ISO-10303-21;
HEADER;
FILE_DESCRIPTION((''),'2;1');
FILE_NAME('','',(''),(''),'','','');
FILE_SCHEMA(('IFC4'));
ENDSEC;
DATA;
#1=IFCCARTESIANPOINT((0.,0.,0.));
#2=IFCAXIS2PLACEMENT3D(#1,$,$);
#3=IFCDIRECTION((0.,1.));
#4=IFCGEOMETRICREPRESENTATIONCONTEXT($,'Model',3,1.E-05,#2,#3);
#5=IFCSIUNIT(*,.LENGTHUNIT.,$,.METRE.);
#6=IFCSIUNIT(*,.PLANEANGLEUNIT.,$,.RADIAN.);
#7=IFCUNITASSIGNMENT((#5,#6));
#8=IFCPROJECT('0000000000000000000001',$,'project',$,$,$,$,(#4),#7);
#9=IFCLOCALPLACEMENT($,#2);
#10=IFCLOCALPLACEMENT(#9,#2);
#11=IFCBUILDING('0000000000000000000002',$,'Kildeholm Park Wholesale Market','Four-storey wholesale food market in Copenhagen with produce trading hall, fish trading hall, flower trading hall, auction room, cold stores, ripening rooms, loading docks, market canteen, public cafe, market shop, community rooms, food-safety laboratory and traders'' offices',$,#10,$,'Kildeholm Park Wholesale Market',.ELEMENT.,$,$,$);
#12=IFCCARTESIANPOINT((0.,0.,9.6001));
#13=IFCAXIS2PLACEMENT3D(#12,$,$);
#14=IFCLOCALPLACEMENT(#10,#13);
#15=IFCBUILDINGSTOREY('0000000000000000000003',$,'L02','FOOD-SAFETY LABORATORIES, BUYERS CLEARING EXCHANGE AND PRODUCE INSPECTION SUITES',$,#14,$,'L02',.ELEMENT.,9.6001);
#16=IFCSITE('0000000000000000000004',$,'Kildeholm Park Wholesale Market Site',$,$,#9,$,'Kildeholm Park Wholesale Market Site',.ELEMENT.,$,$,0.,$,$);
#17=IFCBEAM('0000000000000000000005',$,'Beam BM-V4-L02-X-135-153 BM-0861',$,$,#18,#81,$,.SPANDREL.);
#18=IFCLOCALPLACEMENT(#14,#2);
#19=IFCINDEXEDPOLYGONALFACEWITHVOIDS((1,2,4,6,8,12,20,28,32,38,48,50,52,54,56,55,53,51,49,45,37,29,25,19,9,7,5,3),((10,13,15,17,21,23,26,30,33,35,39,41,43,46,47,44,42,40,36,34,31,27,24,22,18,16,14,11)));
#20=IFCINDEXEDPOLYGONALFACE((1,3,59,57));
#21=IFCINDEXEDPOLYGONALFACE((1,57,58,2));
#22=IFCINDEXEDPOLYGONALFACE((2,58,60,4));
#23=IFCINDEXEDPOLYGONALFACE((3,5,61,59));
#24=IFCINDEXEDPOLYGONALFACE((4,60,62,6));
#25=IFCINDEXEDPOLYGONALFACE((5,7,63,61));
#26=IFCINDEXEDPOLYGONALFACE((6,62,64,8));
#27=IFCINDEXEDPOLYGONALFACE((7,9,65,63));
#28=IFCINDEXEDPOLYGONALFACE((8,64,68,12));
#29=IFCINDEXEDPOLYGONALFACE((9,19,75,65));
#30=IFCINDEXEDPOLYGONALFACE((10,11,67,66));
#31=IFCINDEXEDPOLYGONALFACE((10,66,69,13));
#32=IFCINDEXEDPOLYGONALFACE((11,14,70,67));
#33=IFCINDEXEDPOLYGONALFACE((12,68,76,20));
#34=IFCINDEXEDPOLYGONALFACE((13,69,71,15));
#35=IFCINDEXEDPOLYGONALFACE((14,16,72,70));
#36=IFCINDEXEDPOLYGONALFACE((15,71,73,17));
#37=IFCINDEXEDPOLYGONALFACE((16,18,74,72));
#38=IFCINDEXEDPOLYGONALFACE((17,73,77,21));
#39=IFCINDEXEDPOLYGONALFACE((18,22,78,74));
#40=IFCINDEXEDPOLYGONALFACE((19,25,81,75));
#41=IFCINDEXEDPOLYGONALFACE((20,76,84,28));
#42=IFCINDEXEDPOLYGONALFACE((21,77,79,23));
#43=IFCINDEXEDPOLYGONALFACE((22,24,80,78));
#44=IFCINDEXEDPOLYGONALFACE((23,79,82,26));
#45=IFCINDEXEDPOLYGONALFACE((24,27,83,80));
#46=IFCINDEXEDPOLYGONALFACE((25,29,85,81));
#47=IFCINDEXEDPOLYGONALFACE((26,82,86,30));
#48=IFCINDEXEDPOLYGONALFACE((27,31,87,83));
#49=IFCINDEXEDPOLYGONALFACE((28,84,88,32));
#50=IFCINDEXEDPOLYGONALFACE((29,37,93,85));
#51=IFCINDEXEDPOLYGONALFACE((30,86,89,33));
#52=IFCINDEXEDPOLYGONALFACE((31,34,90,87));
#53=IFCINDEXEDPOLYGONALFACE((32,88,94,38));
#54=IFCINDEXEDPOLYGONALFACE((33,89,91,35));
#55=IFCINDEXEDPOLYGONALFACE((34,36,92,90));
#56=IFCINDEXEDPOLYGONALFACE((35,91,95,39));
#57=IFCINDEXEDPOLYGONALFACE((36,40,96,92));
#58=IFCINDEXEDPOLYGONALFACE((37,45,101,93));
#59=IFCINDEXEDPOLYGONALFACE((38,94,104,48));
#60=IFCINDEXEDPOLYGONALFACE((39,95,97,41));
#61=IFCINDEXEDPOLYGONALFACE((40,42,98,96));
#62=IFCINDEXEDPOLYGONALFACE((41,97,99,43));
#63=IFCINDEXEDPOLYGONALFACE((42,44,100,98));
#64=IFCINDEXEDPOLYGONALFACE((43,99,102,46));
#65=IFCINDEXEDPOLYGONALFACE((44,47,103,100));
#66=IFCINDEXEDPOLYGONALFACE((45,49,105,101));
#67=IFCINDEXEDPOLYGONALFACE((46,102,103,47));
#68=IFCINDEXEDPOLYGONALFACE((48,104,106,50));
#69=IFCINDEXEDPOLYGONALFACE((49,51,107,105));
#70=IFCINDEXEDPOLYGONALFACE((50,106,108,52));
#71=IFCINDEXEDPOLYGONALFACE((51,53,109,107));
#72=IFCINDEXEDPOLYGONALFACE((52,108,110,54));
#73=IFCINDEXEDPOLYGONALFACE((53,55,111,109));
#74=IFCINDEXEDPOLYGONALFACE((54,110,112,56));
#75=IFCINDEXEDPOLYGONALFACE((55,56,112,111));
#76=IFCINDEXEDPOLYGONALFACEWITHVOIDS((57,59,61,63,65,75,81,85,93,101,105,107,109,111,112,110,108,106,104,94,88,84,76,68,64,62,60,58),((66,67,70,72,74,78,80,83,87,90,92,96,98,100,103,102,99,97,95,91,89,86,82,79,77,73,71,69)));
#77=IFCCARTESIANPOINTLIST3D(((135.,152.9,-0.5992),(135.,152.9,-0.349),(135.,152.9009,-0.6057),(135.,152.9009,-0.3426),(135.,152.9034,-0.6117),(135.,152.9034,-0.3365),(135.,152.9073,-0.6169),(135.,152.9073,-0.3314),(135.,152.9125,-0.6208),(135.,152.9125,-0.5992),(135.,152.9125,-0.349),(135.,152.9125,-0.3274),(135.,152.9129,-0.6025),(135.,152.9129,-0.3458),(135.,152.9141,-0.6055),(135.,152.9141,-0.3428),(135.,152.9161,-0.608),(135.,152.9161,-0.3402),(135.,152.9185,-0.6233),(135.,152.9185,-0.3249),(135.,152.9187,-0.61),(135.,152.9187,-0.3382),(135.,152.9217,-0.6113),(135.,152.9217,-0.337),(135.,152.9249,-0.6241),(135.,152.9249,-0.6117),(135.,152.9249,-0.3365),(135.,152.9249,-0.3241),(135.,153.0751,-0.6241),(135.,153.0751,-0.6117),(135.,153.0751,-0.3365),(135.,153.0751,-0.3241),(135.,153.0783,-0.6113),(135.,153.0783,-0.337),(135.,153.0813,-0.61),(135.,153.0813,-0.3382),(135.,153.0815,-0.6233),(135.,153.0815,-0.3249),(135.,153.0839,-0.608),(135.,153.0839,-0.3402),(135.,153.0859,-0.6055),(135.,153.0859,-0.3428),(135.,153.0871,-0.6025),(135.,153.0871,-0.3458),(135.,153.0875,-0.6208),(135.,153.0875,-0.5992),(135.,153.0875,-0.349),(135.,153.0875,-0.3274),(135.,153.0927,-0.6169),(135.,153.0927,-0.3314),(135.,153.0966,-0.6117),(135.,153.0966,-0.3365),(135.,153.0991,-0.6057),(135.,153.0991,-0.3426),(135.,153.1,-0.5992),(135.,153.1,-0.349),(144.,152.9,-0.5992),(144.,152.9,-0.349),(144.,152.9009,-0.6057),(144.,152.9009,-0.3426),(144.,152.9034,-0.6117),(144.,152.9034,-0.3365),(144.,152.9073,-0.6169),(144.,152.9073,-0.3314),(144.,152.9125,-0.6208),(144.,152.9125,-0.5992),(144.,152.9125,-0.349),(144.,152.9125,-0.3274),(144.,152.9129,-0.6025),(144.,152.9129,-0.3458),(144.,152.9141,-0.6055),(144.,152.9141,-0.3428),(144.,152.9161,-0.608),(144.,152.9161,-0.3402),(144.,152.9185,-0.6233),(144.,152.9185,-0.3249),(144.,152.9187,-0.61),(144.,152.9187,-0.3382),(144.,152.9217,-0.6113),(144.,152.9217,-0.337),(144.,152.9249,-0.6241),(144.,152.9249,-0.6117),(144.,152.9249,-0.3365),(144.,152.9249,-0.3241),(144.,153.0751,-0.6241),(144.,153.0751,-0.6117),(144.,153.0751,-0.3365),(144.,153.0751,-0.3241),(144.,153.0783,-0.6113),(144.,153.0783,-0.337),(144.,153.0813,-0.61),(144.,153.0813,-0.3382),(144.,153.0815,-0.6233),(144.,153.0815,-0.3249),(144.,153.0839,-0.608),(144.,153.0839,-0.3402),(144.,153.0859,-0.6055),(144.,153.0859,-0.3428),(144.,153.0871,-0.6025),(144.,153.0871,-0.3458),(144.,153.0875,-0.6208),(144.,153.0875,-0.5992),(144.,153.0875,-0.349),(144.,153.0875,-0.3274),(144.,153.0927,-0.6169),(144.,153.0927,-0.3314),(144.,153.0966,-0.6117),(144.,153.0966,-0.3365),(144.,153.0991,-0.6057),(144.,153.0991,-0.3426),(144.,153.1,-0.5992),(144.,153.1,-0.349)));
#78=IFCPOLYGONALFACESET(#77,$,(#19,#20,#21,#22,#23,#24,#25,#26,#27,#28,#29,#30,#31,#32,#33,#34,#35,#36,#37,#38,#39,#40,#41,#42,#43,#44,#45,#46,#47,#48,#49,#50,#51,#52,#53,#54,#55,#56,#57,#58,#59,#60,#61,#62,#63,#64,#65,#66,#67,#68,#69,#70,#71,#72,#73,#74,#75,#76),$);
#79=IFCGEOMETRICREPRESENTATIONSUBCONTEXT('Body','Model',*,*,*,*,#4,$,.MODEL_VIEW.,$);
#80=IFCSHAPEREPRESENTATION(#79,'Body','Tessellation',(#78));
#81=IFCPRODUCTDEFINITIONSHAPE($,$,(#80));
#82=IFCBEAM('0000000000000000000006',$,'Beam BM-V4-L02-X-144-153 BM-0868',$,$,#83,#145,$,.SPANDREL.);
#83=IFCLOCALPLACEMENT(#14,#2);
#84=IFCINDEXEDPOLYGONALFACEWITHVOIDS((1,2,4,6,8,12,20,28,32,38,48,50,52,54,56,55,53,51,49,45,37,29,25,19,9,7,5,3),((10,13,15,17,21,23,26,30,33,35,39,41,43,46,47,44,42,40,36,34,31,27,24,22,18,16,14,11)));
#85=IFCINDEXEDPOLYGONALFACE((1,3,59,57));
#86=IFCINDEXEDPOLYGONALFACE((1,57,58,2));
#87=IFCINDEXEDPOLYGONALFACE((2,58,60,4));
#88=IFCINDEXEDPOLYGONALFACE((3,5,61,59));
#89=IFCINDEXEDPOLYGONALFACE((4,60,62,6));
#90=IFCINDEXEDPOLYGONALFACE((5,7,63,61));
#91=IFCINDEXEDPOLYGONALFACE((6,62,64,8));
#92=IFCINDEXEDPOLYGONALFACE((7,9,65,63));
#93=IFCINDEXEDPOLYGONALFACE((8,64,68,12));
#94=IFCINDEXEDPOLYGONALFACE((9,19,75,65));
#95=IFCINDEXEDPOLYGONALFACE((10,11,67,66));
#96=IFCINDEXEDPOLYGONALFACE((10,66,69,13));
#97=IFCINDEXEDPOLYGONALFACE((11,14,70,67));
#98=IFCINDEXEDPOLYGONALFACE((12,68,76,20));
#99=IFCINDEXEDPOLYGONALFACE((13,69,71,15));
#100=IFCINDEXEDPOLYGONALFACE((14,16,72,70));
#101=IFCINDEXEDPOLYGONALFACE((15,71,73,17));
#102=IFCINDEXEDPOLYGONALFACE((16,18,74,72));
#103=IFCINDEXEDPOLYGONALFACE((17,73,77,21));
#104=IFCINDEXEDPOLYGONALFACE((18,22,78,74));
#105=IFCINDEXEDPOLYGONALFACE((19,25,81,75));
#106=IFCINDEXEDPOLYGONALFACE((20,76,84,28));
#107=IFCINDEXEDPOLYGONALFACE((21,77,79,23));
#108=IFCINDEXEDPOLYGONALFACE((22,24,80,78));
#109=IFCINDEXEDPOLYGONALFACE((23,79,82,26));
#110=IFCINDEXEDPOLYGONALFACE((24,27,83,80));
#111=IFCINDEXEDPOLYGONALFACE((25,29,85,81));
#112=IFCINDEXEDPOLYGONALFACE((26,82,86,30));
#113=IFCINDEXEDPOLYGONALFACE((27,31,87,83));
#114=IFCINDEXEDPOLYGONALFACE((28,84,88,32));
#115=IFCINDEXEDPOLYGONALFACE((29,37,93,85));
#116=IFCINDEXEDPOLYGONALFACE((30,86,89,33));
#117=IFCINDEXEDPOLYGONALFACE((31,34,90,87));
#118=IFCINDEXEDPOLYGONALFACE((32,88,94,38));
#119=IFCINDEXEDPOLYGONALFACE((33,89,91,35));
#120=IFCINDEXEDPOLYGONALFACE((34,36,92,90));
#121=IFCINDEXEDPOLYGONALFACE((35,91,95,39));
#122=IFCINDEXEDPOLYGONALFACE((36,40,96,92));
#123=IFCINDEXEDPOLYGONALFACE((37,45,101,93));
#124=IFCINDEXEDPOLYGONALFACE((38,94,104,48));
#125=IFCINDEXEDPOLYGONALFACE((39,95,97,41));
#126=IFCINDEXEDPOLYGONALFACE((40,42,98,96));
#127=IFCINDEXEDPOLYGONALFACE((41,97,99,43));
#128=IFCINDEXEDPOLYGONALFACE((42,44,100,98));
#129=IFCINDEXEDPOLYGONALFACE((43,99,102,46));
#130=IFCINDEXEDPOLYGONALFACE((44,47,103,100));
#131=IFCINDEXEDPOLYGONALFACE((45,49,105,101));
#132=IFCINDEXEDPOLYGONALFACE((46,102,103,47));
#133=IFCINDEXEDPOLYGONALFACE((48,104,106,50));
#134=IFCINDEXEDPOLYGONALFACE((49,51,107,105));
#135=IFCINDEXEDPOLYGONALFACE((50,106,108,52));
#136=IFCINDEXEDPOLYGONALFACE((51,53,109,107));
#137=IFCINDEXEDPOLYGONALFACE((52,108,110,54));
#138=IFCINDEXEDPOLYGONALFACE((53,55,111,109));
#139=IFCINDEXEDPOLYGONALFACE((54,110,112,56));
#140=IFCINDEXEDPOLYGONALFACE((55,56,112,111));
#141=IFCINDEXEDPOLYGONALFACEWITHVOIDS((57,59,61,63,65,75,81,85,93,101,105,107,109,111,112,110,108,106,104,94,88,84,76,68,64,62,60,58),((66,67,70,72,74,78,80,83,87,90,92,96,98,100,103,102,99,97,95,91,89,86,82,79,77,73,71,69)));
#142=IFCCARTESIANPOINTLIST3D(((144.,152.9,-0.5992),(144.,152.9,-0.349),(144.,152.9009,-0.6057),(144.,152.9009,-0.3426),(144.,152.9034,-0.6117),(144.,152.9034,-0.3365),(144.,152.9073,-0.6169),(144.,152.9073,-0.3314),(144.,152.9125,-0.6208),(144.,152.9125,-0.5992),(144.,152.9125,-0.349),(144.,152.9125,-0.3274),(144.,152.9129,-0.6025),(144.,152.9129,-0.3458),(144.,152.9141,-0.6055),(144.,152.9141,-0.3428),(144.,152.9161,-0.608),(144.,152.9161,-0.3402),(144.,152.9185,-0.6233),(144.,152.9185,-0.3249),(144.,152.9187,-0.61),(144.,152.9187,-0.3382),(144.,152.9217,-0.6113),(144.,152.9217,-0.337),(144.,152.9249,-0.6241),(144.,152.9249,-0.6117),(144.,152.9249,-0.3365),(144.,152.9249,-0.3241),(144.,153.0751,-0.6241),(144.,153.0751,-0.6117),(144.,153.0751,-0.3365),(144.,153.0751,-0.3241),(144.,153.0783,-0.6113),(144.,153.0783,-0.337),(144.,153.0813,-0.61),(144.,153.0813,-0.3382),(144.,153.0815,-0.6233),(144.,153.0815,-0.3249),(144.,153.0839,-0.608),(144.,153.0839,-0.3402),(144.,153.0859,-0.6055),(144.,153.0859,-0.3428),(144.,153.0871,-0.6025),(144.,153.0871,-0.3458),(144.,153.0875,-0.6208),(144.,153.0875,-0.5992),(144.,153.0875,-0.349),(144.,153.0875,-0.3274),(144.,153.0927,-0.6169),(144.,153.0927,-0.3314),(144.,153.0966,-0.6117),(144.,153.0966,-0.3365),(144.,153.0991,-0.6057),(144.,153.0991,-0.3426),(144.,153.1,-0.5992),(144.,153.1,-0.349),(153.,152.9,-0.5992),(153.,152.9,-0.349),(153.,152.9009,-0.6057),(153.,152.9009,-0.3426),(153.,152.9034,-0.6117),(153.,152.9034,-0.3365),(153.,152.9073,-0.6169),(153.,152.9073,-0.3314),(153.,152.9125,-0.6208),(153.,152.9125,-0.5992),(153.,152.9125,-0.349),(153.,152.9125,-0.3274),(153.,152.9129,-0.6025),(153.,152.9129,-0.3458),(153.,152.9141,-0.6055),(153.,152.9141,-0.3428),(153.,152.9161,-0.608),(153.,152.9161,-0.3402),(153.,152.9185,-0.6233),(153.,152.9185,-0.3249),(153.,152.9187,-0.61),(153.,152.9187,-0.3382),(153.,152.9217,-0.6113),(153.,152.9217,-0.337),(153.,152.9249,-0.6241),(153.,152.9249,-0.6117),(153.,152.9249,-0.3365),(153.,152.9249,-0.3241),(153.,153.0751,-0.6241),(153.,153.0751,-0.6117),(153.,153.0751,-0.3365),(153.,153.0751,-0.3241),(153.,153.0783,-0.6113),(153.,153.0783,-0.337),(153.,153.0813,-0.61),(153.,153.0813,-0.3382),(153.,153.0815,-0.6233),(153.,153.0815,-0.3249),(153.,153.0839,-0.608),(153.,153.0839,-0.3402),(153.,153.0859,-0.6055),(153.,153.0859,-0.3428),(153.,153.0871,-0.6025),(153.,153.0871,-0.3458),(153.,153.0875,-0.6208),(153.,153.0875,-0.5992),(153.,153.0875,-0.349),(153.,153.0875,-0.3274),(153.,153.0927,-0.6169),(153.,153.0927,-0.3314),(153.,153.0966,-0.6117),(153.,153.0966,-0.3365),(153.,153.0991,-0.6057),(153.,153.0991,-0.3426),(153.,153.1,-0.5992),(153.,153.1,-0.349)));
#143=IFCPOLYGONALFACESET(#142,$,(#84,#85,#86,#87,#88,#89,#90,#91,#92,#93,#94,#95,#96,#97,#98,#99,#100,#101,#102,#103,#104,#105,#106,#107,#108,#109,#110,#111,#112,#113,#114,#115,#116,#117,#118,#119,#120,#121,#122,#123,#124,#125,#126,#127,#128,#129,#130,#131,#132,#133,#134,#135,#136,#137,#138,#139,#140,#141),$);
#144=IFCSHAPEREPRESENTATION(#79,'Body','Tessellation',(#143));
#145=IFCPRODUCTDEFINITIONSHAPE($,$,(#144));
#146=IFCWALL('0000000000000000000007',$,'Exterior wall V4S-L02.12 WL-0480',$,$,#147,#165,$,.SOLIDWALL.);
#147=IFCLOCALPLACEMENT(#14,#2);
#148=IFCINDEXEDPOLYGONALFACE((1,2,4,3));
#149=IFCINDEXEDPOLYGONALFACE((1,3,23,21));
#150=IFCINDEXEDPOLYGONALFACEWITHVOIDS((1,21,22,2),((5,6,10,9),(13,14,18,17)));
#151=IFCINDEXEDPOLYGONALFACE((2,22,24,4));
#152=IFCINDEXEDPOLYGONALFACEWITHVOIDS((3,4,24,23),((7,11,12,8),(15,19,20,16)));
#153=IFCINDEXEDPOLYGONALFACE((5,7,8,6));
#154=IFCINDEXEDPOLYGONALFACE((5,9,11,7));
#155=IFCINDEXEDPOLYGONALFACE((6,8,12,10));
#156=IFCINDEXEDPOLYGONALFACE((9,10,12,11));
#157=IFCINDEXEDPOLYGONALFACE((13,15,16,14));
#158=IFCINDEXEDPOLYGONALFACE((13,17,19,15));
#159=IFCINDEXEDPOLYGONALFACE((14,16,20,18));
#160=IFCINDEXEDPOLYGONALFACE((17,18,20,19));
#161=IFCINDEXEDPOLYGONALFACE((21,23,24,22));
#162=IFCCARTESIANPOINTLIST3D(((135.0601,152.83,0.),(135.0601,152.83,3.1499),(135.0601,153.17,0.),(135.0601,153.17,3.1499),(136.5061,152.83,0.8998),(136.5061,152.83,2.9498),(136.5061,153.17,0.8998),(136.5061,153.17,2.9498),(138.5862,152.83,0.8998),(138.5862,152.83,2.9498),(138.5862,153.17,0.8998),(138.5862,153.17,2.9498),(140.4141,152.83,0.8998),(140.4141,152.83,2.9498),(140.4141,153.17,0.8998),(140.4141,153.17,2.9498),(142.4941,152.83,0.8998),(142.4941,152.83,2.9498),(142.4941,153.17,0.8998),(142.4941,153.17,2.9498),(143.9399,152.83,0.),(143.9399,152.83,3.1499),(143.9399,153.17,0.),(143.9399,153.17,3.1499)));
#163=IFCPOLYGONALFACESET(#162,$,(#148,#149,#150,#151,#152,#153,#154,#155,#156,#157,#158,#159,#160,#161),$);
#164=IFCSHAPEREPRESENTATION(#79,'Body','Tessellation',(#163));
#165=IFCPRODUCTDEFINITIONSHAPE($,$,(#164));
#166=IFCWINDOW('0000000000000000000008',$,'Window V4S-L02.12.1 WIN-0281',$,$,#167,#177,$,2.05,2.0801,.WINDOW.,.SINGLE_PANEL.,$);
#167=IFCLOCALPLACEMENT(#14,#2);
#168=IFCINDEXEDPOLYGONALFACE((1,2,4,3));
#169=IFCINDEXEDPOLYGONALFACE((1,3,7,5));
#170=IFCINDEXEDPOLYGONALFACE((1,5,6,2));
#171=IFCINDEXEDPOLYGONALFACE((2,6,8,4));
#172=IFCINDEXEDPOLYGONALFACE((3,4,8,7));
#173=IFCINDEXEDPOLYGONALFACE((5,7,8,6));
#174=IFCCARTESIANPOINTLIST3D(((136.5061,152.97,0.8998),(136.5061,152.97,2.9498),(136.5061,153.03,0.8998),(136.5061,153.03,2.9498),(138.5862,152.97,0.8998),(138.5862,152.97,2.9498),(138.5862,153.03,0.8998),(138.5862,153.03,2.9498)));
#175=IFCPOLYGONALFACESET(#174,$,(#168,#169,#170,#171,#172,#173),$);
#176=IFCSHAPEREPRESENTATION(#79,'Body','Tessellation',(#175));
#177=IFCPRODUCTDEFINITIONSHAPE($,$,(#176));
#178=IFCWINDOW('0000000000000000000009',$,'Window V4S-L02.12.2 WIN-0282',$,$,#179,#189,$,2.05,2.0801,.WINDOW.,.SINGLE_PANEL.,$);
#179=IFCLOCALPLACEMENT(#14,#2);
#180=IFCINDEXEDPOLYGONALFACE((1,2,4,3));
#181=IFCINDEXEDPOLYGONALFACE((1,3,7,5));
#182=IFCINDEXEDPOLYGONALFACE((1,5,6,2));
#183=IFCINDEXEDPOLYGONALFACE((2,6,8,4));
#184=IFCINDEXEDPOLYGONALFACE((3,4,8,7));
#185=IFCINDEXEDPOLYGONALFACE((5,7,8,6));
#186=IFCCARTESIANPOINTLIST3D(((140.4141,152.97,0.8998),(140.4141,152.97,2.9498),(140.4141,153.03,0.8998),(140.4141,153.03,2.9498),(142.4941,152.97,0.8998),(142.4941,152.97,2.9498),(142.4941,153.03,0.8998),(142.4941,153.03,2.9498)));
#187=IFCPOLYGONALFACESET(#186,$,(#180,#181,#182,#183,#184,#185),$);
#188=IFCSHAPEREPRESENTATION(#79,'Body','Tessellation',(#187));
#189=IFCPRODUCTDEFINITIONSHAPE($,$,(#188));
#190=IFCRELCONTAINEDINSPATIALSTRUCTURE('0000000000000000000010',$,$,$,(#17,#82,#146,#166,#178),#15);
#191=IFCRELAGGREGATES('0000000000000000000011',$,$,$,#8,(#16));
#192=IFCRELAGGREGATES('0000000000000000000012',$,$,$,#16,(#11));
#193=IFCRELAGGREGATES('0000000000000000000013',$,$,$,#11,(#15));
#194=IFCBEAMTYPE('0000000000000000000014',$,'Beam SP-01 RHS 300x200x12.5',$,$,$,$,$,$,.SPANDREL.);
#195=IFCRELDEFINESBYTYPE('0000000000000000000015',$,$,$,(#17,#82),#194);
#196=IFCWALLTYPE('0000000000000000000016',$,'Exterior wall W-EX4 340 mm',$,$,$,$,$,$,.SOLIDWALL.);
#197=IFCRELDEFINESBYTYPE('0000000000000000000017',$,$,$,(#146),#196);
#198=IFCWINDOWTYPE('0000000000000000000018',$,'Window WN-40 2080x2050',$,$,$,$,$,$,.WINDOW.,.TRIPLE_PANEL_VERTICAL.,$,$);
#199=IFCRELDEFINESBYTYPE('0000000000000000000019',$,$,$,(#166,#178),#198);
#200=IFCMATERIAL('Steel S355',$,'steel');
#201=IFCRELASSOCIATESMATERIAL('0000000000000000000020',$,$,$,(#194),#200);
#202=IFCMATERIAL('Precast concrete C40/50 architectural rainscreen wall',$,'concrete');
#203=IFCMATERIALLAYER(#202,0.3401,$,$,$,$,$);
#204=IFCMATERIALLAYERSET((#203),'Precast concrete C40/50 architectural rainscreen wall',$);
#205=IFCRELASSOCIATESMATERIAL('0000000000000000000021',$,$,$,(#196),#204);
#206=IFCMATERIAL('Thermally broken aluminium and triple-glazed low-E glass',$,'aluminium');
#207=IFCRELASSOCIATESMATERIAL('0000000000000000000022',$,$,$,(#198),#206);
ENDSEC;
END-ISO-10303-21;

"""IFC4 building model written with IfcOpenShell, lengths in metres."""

from ifc_helpers import new_model, si_unit, direction, frame, frame_2d, origin, origin_2d, place, context, subcontext, project, spatial, rectangle, hollow_rectangle, extrude, material, layer, layer_set, material_profile, profile_set, type_object, element, fill, save


model = new_model("IFC4")

# Units and contexts
model_context = context("Model", 3, precision=1e-05, world=origin(), true_north=direction((0.0, 1.0)))
body_context = subcontext(model_context, "Body", "Model", "MODEL_VIEW")
ifc_project = project(units=[si_unit("LENGTHUNIT", "METRE"), si_unit("PLANEANGLEUNIT", "RADIAN")], contexts=[model_context])

# Site, building, storey
site_placement = place(None, origin())
site = spatial("IfcSite", under=ifc_project, at=site_placement, Name="Kildeholm Park Wholesale Market Site", LongName="Kildeholm Park Wholesale Market Site", CompositionType="ELEMENT", RefElevation=0.0)
building_placement = place(site_placement, origin())
building = spatial("IfcBuilding", under=site, at=building_placement, Name="Kildeholm Park Wholesale Market", Description="Four-storey wholesale food market in Copenhagen with produce trading hall, fish trading hall, flower trading hall, auction room, cold stores, ripening rooms, loading docks, market canteen, public cafe, market shop, community rooms, food-safety laboratory and traders' offices", LongName="Kildeholm Park Wholesale Market", CompositionType="ELEMENT")
storey_placement = place(building_placement, frame((0.0, 0.0, 9.6001)))
storey = spatial("IfcBuildingStorey", under=building, at=storey_placement, Name="L02", Description="FOOD-SAFETY LABORATORIES, BUYERS CLEARING EXCHANGE AND PRODUCE INSPECTION SUITES", LongName="L02", CompositionType="ELEMENT", Elevation=9.6001)

# Beams
ifc_material_1 = material(Name="Steel S355", Category="steel")
ifc_material_profile_1 = material_profile(ifc_material_1, hollow_rectangle(XDim=0.2, YDim=0.3, WallThickness=0.0125, InnerFilletRadius=0.0125, OuterFilletRadius=0.0249, at=origin_2d()), Name="RHS 300x200x12.5")
ifc_profile_set_1 = profile_set([ifc_material_profile_1], Name="Steel S355")
beam_type_1 = type_object("IfcBeamType", Name="Beam SP-01 RHS 300x200x12.5", PredefinedType="SPANDREL", material=ifc_profile_set_1)
for number, where, z_axis, x_axis, name in (
    (1, (135.0, 153.0, -0.4741), (1.0, 0.0, 0.0), (0.0, 1.0, 0.0), "Beam BM-V4-L02-X-135-153 BM-0861"),
    (2, (144.0, 153.0, -0.4741), (1.0, 0.0, 0.0), (0.0, 1.0, 0.0), "Beam BM-V4-L02-X-144-153 BM-0868"),
):
    element("IfcBeam", number, at=place(storey_placement, frame(where, z_axis=z_axis, x_axis=x_axis)), inside=storey, type_object=beam_type_1, Name=name, PredefinedType="SPANDREL", context=body_context, shape_type="SweptSolid", body=[
        extrude(hollow_rectangle(XDim=0.2, YDim=0.3, WallThickness=0.0125, InnerFilletRadius=0.0125, OuterFilletRadius=0.0249, at=origin_2d()), origin(), (0.0, 0.0, 1.0), 9.0),
    ])

# Wall, openings, windows
ifc_material_2 = material(Name="Precast concrete C40/50 architectural rainscreen wall", Category="concrete")
ifc_layer = layer(ifc_material_2, 0.3401)
ifc_layer_set = layer_set([ifc_layer], Name="Precast concrete C40/50 architectural rainscreen wall")
wall_type = type_object("IfcWallType", Name="Exterior wall W-EX4 340 mm", PredefinedType="SOLIDWALL", material=ifc_layer_set)
wall_1_placement = place(storey_placement, frame((135.0601, 153.0, 0.0), z_axis=(0.0, 0.0, 1.0), x_axis=(1.0, 0.0, 0.0)))
wall_1 = element("IfcWall", 3, at=wall_1_placement, inside=storey, type_object=wall_type, Name="Exterior wall V4S-L02.12 WL-0480", PredefinedType="SOLIDWALL", context=body_context, shape_type="SweptSolid", body=[
    extrude(rectangle(XDim=8.8799, YDim=0.3401, at=frame_2d((4.4399, 0.0))), origin(), (0.0, 0.0, 1.0), 3.1499),
])
opening_1_placement = place(wall_1_placement, frame((1.446, 0.0, 0.8999)))
opening_1 = element("IfcOpeningElement", 4, at=opening_1_placement, cuts=wall_1, PredefinedType="OPENING", context=body_context, shape_type="SweptSolid", body=[
    extrude(rectangle(XDim=2.0801, YDim=2.05, at=frame_2d((1.04, 1.0249))), frame((0.0, 0.1799, 0.0), z_axis=(0.0, -1.0, 0.0), x_axis=(1.0, 0.0, 0.0)), (0.0, 0.0, 1.0), 0.3601),
])
opening_2_placement = place(wall_1_placement, frame((5.354, 0.0, 0.8999)))
opening_2 = element("IfcOpeningElement", 5, at=opening_2_placement, cuts=wall_1, PredefinedType="OPENING", context=body_context, shape_type="SweptSolid", body=[
    extrude(rectangle(XDim=2.0801, YDim=2.05, at=frame_2d((1.04, 1.0249))), frame((0.0, 0.1799, 0.0), z_axis=(0.0, -1.0, 0.0), x_axis=(1.0, 0.0, 0.0)), (0.0, 0.0, 1.0), 0.3601),
])
ifc_material_3 = material(Name="Thermally broken aluminium and triple-glazed low-E glass", Category="aluminium")
window_type_1 = type_object("IfcWindowType", Name="Window WN-40 2080x2050", PartitioningType="TRIPLE_PANEL_VERTICAL", PredefinedType="WINDOW", material=ifc_material_3)
window_1_placement = place(opening_1_placement, origin())
window_1 = element("IfcWindow", 6, at=window_1_placement, inside=storey, type_object=window_type_1, Name="Window V4S-L02.12.1 WIN-0281", OverallHeight=2.05, OverallWidth=2.0801, PartitioningType="SINGLE_PANEL", PredefinedType="WINDOW", context=body_context, shape_type="SweptSolid", body=[
    extrude(rectangle(XDim=2.0801, YDim=2.05, at=frame_2d((1.04, 1.0249))), frame((0.0, 0.03, 0.0), z_axis=(0.0, -1.0, 0.0), x_axis=(1.0, 0.0, 0.0)), (0.0, 0.0, 1.0), 0.0601),
])
fill(opening_1, window_1)
window_2_placement = place(opening_2_placement, origin())
window_2 = element("IfcWindow", 7, at=window_2_placement, inside=storey, type_object=window_type_1, Name="Window V4S-L02.12.2 WIN-0282", OverallHeight=2.05, OverallWidth=2.0801, PartitioningType="SINGLE_PANEL", PredefinedType="WINDOW", context=body_context, shape_type="SweptSolid", body=[
    extrude(rectangle(XDim=2.0801, YDim=2.05, at=frame_2d((1.04, 1.0249))), frame((0.0, 0.03, 0.0), z_axis=(0.0, -1.0, 0.0), x_axis=(1.0, 0.0, 0.0)), (0.0, 0.0, 1.0), 0.0601),
])
fill(opening_2, window_2)

save(model, "model.ifc")
